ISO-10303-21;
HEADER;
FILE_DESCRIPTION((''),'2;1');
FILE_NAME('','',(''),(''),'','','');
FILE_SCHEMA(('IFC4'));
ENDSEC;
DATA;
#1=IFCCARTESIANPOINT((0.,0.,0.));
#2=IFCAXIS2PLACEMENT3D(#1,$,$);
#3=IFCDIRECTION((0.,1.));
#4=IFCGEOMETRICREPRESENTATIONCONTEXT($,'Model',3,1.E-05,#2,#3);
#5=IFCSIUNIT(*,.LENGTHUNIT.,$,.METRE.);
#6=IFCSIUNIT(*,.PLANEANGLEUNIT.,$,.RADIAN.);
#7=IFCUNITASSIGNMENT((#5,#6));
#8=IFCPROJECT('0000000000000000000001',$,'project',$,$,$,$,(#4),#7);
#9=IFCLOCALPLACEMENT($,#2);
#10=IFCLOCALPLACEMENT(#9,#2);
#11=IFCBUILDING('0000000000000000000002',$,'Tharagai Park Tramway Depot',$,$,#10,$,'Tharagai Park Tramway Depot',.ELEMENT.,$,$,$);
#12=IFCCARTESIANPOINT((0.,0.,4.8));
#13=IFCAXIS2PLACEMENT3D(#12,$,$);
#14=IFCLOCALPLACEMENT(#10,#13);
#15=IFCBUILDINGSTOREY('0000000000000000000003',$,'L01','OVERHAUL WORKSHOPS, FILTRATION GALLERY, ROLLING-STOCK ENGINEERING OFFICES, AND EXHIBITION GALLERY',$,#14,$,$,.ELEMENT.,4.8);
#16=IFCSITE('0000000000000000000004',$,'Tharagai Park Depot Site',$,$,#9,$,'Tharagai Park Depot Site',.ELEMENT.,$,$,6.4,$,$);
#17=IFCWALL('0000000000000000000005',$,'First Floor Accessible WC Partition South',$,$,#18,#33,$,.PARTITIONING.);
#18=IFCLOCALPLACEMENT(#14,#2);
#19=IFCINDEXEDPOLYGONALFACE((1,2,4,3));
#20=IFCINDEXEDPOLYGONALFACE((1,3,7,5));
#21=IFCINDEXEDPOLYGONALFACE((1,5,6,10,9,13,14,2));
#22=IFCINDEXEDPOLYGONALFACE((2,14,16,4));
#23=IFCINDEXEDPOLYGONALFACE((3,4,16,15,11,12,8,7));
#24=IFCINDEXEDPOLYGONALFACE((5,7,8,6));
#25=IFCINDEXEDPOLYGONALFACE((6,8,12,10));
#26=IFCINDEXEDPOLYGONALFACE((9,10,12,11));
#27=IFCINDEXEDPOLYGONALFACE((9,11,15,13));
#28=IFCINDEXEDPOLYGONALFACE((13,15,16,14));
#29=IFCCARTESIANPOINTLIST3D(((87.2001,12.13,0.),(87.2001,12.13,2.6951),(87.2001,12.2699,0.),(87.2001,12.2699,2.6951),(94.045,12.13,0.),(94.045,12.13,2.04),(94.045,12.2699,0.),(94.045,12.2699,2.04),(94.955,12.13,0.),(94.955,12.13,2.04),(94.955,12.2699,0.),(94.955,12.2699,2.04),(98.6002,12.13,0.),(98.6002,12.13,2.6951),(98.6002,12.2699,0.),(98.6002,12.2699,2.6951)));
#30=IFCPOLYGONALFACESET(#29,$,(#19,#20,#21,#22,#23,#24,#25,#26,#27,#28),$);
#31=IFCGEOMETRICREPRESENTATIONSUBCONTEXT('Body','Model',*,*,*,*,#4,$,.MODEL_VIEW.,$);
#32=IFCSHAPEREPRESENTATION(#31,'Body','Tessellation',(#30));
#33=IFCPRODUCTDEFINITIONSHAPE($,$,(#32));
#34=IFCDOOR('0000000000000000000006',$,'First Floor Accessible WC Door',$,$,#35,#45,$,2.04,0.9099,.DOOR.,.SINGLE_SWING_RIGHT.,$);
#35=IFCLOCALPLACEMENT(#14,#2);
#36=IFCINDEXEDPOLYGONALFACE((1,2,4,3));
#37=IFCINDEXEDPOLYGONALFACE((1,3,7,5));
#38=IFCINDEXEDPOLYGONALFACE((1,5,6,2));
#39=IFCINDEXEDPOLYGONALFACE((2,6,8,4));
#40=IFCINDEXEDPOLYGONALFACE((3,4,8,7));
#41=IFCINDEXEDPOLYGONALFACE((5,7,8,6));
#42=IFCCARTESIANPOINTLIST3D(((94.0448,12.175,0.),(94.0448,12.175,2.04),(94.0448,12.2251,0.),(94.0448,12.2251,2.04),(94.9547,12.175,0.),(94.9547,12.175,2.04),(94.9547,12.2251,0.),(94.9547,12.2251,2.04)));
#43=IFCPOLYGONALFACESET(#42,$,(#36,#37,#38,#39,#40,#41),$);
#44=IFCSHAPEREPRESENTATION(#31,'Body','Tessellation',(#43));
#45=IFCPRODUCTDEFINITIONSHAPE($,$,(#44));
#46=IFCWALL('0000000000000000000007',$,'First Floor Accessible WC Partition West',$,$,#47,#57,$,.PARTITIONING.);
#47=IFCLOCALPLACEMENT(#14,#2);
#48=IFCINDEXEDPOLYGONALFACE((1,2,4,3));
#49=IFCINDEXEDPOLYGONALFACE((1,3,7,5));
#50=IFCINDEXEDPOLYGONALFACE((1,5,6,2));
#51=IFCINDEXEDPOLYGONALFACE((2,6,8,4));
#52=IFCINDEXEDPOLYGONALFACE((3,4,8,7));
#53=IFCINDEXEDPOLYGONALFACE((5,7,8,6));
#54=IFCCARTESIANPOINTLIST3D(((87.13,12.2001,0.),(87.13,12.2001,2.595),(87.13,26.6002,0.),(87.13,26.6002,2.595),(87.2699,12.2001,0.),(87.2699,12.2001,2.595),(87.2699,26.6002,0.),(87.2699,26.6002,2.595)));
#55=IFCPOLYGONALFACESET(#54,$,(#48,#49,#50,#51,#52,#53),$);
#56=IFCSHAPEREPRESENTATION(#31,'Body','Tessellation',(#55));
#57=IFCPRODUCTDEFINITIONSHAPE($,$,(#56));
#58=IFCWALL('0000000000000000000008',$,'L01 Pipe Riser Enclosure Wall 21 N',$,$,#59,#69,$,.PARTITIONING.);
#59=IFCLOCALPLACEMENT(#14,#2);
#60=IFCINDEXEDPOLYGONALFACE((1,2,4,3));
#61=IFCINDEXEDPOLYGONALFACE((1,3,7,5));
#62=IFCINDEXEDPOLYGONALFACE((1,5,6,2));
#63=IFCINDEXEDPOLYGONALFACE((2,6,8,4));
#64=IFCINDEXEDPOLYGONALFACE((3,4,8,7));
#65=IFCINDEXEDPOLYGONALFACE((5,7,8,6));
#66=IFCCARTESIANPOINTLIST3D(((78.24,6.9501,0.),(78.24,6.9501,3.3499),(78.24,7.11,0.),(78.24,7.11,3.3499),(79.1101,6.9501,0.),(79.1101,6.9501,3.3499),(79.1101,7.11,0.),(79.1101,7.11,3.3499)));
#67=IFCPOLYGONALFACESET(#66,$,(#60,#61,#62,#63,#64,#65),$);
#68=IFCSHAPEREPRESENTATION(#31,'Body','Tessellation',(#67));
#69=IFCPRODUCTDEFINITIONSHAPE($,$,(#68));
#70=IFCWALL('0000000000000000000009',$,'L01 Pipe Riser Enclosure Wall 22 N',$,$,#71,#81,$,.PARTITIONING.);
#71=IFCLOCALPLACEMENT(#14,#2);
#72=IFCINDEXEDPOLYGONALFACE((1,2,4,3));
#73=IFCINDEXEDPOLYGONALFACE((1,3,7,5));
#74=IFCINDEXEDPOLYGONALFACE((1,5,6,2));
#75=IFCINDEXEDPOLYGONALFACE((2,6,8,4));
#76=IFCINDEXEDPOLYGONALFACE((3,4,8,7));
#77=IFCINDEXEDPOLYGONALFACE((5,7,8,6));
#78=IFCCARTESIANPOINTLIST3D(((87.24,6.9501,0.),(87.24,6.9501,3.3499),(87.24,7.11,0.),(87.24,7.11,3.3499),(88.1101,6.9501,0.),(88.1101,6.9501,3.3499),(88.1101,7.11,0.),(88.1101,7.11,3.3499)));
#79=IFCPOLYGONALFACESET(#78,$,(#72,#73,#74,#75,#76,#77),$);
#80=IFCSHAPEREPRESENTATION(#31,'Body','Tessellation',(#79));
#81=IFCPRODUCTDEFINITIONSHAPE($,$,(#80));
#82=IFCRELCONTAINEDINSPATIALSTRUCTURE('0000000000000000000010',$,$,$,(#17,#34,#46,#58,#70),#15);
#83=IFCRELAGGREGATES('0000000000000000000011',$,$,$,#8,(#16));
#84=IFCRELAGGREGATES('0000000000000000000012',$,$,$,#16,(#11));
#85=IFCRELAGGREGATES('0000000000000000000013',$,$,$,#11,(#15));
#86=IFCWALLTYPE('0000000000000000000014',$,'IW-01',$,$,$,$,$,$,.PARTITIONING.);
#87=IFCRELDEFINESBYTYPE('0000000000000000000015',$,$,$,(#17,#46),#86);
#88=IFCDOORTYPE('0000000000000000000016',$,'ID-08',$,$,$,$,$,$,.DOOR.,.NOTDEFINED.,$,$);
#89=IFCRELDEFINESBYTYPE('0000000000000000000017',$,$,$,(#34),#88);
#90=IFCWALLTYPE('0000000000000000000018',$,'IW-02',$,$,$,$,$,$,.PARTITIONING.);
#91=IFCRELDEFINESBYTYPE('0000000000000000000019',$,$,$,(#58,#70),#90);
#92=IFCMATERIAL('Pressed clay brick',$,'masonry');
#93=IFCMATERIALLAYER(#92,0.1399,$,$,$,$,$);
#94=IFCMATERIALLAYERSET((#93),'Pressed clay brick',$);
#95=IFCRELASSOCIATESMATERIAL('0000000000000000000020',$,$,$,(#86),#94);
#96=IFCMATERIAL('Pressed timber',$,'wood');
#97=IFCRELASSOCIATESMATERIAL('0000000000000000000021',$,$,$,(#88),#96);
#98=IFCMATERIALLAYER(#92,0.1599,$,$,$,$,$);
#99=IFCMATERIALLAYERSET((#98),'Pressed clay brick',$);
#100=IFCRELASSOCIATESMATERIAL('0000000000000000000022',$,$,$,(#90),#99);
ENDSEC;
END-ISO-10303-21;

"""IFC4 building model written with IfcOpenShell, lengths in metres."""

from ifc_helpers import new_model, si_unit, direction, frame, frame_2d, origin, place, context, subcontext, project, spatial, rectangle, extrude, material, layer, layer_set, type_object, element, fill, save


model = new_model("IFC4")

# Units and contexts
model_context = context("Model", 3, precision=1e-05, world=origin(), true_north=direction((0.0, 1.0)))
body_context = subcontext(model_context, "Body", "Model", "MODEL_VIEW")
ifc_project = project(units=[si_unit("LENGTHUNIT", "METRE"), si_unit("PLANEANGLEUNIT", "RADIAN")], contexts=[model_context])

# Site, building, storey
site_placement = place(None, origin())
site = spatial("IfcSite", under=ifc_project, at=site_placement, Name="Tharagai Park Depot Site", LongName="Tharagai Park Depot Site", CompositionType="ELEMENT", RefElevation=6.4)
building_placement = place(site_placement, origin())
building = spatial("IfcBuilding", under=site, at=building_placement, Name="Tharagai Park Tramway Depot", LongName="Tharagai Park Tramway Depot", CompositionType="ELEMENT")
storey_placement = place(building_placement, frame((0.0, 0.0, 4.8)))
storey = spatial("IfcBuildingStorey", under=building, at=storey_placement, Name="L01", Description="OVERHAUL WORKSHOPS, FILTRATION GALLERY, ROLLING-STOCK ENGINEERING OFFICES, AND EXHIBITION GALLERY", CompositionType="ELEMENT", Elevation=4.8)

# Shared definitions
ifc_material_1 = material(Name="Pressed clay brick", Category="masonry")
ifc_layer_1 = layer(ifc_material_1, 0.1399)
ifc_layer_set_1 = layer_set([ifc_layer_1], Name="Pressed clay brick")
wall_type_1 = type_object("IfcWallType", Name="IW-01", PredefinedType="PARTITIONING", material=ifc_layer_set_1)

# Wall, opening, door
wall_1_placement = place(storey_placement, frame((87.2, 12.2, 0.0), z_axis=(0.0, 0.0, 1.0), x_axis=(1.0, 0.0, 0.0)))
wall_1 = element("IfcWall", 1, at=wall_1_placement, inside=storey, type_object=wall_type_1, Name="First Floor Accessible WC Partition South", PredefinedType="PARTITIONING", context=body_context, shape_type="SweptSolid", body=[
    extrude(rectangle(XDim=11.4001, YDim=0.1399, at=frame_2d((5.7002, 0.0))), origin(), (0.0, 0.0, 1.0), 2.6951),
])
opening_placement = place(wall_1_placement, frame((6.845, 0.0, 0.0)))
opening = element("IfcOpeningElement", 2, at=opening_placement, cuts=wall_1, PredefinedType="OPENING", context=body_context, shape_type="SweptSolid", body=[
    extrude(rectangle(XDim=0.9099, YDim=2.04, at=frame_2d((0.4551, 1.02))), frame((0.0, 0.0798, 0.0), z_axis=(0.0, -1.0, 0.0), x_axis=(1.0, 0.0, 0.0)), (0.0, 0.0, 1.0), 0.1599),
])
ifc_material_2 = material(Name="Pressed timber", Category="wood")
door_type = type_object("IfcDoorType", Name="ID-08", OperationType="NOTDEFINED", PredefinedType="DOOR", material=ifc_material_2)
door_placement = place(opening_placement, frame((0.9099, 0.0, 0.0), z_axis=(0.0, 0.0, 1.0), x_axis=(-1.0, 0.0, 0.0)))
door = element("IfcDoor", 3, at=door_placement, inside=storey, type_object=door_type, Name="First Floor Accessible WC Door", OperationType="SINGLE_SWING_RIGHT", OverallHeight=2.04, OverallWidth=0.9099, PredefinedType="DOOR", context=body_context, shape_type="SweptSolid", body=[
    extrude(rectangle(XDim=0.9099, YDim=2.04, at=frame_2d((0.4551, 1.02))), frame((0.0, 0.0249, 0.0), z_axis=(0.0, -1.0, 0.0), x_axis=(1.0, 0.0, 0.0)), (0.0, 0.0, 1.0), 0.05),
])
fill(opening, door)

# Walls
wall_2_placement = place(storey_placement, frame((87.2, 12.2, 0.0), z_axis=(0.0, 0.0, 1.0), x_axis=(0.0, 1.0, 0.0)))
element("IfcWall", 4, at=wall_2_placement, inside=storey, type_object=wall_type_1, Name="First Floor Accessible WC Partition West", PredefinedType="PARTITIONING", context=body_context, shape_type="SweptSolid", body=[
    extrude(rectangle(XDim=14.4001, YDim=0.1399, at=frame_2d((7.2002, 0.0))), origin(), (0.0, 0.0, 1.0), 2.595),
])
ifc_layer_2 = layer(ifc_material_1, 0.1599)
ifc_layer_set_2 = layer_set([ifc_layer_2], Name="Pressed clay brick")
wall_type_2 = type_object("IfcWallType", Name="IW-02", PredefinedType="PARTITIONING", material=ifc_layer_set_2)
for number, where, z_axis, x_axis, name in (
    (5, (78.24, 7.03, 0.0), (0.0, 0.0, 1.0), (1.0, 0.0, 0.0), "L01 Pipe Riser Enclosure Wall 21 N"),
    (6, (87.24, 7.03, 0.0), (0.0, 0.0, 1.0), (1.0, 0.0, 0.0), "L01 Pipe Riser Enclosure Wall 22 N"),
):
    element("IfcWall", number, at=place(storey_placement, frame(where, z_axis=z_axis, x_axis=x_axis)), inside=storey, type_object=wall_type_2, Name=name, PredefinedType="PARTITIONING", context=body_context, shape_type="SweptSolid", body=[
        extrude(rectangle(XDim=0.8701, YDim=0.1599, at=frame_2d((0.4351, 0.0))), origin(), (0.0, 0.0, 1.0), 3.3499),
    ])

save(model, "model.ifc")
